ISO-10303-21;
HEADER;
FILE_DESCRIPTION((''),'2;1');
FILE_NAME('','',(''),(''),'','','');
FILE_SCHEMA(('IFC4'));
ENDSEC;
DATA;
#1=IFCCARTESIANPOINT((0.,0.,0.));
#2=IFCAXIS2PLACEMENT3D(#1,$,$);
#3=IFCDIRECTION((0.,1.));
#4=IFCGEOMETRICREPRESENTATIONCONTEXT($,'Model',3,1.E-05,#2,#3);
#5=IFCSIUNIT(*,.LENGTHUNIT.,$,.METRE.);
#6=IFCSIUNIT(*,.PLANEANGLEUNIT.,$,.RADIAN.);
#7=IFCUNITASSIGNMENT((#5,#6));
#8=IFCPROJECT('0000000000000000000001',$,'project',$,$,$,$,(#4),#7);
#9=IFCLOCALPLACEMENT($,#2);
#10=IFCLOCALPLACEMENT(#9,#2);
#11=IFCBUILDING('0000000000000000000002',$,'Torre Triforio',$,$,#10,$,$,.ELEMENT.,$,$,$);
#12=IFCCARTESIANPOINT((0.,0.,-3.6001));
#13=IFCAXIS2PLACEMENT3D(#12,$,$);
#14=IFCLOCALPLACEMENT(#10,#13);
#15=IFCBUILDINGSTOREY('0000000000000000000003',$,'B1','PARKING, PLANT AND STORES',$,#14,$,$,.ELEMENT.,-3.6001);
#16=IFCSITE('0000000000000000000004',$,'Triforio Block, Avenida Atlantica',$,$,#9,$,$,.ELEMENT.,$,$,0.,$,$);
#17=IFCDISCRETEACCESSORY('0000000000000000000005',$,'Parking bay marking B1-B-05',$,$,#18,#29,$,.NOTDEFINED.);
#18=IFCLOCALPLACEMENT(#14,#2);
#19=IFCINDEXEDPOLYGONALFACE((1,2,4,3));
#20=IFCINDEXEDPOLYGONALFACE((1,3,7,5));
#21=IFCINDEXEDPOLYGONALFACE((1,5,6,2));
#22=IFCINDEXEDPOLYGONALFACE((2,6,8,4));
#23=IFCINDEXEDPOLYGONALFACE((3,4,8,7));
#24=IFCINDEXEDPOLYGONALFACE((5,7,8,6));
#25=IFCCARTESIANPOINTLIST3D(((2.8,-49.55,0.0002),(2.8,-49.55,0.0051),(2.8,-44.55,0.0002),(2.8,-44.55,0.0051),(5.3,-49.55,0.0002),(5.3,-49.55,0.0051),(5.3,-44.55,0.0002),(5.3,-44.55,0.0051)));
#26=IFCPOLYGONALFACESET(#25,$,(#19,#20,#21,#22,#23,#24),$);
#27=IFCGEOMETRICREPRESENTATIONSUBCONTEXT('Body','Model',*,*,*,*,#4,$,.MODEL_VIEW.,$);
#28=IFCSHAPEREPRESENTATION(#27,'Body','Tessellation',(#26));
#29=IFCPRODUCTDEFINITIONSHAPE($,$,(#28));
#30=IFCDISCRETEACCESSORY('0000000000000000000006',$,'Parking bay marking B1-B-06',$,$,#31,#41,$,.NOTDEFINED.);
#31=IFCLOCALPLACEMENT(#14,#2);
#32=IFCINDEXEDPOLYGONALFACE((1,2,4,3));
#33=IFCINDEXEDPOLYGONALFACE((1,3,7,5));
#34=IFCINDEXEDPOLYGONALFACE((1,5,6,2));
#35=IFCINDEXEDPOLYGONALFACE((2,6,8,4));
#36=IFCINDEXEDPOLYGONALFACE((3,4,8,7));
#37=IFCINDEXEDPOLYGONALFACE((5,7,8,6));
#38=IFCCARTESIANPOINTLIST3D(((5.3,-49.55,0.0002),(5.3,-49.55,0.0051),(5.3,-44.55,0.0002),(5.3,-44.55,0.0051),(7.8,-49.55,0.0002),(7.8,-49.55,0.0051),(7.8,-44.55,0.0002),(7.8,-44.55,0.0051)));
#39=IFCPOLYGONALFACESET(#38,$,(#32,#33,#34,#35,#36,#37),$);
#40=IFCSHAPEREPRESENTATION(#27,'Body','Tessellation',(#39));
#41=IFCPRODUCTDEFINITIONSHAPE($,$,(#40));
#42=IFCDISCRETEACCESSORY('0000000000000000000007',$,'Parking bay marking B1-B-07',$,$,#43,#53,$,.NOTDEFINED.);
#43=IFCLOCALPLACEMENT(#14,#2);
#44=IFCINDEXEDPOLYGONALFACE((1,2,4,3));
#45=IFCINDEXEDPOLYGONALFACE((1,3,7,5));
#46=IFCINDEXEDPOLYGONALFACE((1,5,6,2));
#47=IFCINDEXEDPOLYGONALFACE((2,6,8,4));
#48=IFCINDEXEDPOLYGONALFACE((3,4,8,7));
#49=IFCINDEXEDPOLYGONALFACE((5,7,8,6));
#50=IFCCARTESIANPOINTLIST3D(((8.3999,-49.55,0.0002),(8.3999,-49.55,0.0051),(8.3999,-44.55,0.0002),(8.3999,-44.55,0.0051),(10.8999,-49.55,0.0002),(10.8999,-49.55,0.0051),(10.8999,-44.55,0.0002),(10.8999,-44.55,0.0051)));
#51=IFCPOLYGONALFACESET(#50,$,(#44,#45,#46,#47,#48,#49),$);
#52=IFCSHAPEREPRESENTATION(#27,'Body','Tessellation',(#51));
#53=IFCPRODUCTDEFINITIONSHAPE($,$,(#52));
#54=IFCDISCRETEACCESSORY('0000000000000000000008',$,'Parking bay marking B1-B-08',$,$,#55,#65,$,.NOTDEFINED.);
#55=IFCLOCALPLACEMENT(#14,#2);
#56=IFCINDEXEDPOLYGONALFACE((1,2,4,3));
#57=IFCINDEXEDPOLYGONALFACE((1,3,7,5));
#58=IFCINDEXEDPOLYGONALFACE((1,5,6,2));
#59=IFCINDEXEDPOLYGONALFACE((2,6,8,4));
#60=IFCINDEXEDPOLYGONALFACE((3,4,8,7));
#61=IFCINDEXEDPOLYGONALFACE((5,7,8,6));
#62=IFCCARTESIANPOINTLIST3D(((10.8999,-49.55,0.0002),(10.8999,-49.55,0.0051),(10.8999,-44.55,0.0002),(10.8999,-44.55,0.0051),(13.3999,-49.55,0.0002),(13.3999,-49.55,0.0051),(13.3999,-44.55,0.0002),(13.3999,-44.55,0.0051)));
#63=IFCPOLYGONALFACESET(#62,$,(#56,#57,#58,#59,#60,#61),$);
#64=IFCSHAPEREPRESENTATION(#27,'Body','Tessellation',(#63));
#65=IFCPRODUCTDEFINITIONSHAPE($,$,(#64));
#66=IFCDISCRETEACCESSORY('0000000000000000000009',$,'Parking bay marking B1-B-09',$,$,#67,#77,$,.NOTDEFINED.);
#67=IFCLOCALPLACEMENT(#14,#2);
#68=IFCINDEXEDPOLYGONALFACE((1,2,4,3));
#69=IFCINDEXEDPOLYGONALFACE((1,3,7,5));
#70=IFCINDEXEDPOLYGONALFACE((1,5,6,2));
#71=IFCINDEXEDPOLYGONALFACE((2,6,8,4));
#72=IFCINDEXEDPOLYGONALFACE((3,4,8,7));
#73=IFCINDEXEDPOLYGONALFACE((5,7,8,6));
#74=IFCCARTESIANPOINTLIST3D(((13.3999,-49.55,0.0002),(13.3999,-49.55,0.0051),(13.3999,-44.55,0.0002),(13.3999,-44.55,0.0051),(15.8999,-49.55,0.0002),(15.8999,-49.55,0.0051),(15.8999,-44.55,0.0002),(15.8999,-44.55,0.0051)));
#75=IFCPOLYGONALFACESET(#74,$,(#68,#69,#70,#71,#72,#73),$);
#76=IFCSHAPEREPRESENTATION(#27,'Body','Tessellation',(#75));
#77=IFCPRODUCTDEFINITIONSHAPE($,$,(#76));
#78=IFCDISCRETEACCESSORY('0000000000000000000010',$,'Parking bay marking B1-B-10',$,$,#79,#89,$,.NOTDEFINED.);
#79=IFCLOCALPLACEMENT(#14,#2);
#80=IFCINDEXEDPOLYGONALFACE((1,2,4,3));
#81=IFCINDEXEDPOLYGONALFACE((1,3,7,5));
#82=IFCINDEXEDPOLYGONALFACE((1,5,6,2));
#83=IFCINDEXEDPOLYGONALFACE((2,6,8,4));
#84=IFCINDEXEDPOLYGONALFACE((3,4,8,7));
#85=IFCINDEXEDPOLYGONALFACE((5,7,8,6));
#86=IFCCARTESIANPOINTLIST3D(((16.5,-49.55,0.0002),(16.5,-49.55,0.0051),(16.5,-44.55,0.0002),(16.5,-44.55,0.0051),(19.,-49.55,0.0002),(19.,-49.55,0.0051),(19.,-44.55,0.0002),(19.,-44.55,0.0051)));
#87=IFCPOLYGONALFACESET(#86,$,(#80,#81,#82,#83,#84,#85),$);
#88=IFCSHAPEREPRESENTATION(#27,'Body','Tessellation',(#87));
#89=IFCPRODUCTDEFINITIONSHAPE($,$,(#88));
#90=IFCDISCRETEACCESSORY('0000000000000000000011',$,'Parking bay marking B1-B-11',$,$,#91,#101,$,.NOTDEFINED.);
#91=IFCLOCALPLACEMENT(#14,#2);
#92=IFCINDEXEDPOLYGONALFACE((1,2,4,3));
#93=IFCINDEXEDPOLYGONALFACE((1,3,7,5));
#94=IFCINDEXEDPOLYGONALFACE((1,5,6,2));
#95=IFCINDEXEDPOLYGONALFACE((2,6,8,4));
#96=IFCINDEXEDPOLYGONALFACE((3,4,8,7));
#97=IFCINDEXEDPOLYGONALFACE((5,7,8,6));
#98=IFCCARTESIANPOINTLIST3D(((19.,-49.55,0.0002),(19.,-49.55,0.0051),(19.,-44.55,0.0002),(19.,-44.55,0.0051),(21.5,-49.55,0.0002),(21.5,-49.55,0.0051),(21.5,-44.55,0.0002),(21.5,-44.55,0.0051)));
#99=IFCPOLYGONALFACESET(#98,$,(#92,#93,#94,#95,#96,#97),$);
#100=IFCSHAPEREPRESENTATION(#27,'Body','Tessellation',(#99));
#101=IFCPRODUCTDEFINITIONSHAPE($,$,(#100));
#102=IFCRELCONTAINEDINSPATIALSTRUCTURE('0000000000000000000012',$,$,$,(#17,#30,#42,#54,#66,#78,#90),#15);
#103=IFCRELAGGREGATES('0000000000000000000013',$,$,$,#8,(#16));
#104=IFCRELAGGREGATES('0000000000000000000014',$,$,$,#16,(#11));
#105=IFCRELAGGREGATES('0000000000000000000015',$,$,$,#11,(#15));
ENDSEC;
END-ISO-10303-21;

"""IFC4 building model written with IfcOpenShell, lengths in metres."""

from ifc_helpers import new_model, si_unit, direction, frame, origin, origin_2d, place, context, subcontext, project, spatial, rectangle, extrude, element, save


model = new_model("IFC4")

# Units and contexts
model_context = context("Model", 3, precision=1e-05, world=origin(), true_north=direction((0.0, 1.0)))
body_context = subcontext(model_context, "Body", "Model", "MODEL_VIEW")
ifc_project = project(units=[si_unit("LENGTHUNIT", "METRE"), si_unit("PLANEANGLEUNIT", "RADIAN")], contexts=[model_context])

# Site, building, storey
site_placement = place(None, origin())
site = spatial("IfcSite", under=ifc_project, at=site_placement, Name="Triforio Block, Avenida Atlantica", CompositionType="ELEMENT", RefElevation=0.0)
building_placement = place(site_placement, origin())
building = spatial("IfcBuilding", under=site, at=building_placement, Name="Torre Triforio", CompositionType="ELEMENT")
storey_placement = place(building_placement, frame((0.0, 0.0, -3.6001)))
storey = spatial("IfcBuildingStorey", under=building, at=storey_placement, Name="B1", Description="PARKING, PLANT AND STORES", CompositionType="ELEMENT", Elevation=-3.6001)

# Discrete accessories
for number, where, z_axis, x_axis, name in (
    (1, (4.05, -47.05, 0.0002), (0.0, 0.0, 1.0), (1.0, 0.0, 0.0), "Parking bay marking B1-B-05"),
    (2, (6.55, -47.05, 0.0002), (0.0, 0.0, 1.0), (1.0, 0.0, 0.0), "Parking bay marking B1-B-06"),
    (3, (9.6499, -47.05, 0.0002), (0.0, 0.0, 1.0), (1.0, 0.0, 0.0), "Parking bay marking B1-B-07"),
    (4, (12.1499, -47.05, 0.0002), (0.0, 0.0, 1.0), (1.0, 0.0, 0.0), "Parking bay marking B1-B-08"),
    (5, (14.6499, -47.05, 0.0002), (0.0, 0.0, 1.0), (1.0, 0.0, 0.0), "Parking bay marking B1-B-09"),
    (6, (17.75, -47.05, 0.0002), (0.0, 0.0, 1.0), (1.0, 0.0, 0.0), "Parking bay marking B1-B-10"),
    (7, (20.25, -47.05, 0.0002), (0.0, 0.0, 1.0), (1.0, 0.0, 0.0), "Parking bay marking B1-B-11"),
):
    element("IfcDiscreteAccessory", number, at=place(storey_placement, frame(where, z_axis=z_axis, x_axis=x_axis)), inside=storey, Name=name, PredefinedType="NOTDEFINED", context=body_context, shape_type="SweptSolid", body=[
        extrude(rectangle(XDim=2.5, YDim=5.0, at=origin_2d()), origin(), (0.0, 0.0, 1.0), 0.0049),
    ])

save(model, "model.ifc")
